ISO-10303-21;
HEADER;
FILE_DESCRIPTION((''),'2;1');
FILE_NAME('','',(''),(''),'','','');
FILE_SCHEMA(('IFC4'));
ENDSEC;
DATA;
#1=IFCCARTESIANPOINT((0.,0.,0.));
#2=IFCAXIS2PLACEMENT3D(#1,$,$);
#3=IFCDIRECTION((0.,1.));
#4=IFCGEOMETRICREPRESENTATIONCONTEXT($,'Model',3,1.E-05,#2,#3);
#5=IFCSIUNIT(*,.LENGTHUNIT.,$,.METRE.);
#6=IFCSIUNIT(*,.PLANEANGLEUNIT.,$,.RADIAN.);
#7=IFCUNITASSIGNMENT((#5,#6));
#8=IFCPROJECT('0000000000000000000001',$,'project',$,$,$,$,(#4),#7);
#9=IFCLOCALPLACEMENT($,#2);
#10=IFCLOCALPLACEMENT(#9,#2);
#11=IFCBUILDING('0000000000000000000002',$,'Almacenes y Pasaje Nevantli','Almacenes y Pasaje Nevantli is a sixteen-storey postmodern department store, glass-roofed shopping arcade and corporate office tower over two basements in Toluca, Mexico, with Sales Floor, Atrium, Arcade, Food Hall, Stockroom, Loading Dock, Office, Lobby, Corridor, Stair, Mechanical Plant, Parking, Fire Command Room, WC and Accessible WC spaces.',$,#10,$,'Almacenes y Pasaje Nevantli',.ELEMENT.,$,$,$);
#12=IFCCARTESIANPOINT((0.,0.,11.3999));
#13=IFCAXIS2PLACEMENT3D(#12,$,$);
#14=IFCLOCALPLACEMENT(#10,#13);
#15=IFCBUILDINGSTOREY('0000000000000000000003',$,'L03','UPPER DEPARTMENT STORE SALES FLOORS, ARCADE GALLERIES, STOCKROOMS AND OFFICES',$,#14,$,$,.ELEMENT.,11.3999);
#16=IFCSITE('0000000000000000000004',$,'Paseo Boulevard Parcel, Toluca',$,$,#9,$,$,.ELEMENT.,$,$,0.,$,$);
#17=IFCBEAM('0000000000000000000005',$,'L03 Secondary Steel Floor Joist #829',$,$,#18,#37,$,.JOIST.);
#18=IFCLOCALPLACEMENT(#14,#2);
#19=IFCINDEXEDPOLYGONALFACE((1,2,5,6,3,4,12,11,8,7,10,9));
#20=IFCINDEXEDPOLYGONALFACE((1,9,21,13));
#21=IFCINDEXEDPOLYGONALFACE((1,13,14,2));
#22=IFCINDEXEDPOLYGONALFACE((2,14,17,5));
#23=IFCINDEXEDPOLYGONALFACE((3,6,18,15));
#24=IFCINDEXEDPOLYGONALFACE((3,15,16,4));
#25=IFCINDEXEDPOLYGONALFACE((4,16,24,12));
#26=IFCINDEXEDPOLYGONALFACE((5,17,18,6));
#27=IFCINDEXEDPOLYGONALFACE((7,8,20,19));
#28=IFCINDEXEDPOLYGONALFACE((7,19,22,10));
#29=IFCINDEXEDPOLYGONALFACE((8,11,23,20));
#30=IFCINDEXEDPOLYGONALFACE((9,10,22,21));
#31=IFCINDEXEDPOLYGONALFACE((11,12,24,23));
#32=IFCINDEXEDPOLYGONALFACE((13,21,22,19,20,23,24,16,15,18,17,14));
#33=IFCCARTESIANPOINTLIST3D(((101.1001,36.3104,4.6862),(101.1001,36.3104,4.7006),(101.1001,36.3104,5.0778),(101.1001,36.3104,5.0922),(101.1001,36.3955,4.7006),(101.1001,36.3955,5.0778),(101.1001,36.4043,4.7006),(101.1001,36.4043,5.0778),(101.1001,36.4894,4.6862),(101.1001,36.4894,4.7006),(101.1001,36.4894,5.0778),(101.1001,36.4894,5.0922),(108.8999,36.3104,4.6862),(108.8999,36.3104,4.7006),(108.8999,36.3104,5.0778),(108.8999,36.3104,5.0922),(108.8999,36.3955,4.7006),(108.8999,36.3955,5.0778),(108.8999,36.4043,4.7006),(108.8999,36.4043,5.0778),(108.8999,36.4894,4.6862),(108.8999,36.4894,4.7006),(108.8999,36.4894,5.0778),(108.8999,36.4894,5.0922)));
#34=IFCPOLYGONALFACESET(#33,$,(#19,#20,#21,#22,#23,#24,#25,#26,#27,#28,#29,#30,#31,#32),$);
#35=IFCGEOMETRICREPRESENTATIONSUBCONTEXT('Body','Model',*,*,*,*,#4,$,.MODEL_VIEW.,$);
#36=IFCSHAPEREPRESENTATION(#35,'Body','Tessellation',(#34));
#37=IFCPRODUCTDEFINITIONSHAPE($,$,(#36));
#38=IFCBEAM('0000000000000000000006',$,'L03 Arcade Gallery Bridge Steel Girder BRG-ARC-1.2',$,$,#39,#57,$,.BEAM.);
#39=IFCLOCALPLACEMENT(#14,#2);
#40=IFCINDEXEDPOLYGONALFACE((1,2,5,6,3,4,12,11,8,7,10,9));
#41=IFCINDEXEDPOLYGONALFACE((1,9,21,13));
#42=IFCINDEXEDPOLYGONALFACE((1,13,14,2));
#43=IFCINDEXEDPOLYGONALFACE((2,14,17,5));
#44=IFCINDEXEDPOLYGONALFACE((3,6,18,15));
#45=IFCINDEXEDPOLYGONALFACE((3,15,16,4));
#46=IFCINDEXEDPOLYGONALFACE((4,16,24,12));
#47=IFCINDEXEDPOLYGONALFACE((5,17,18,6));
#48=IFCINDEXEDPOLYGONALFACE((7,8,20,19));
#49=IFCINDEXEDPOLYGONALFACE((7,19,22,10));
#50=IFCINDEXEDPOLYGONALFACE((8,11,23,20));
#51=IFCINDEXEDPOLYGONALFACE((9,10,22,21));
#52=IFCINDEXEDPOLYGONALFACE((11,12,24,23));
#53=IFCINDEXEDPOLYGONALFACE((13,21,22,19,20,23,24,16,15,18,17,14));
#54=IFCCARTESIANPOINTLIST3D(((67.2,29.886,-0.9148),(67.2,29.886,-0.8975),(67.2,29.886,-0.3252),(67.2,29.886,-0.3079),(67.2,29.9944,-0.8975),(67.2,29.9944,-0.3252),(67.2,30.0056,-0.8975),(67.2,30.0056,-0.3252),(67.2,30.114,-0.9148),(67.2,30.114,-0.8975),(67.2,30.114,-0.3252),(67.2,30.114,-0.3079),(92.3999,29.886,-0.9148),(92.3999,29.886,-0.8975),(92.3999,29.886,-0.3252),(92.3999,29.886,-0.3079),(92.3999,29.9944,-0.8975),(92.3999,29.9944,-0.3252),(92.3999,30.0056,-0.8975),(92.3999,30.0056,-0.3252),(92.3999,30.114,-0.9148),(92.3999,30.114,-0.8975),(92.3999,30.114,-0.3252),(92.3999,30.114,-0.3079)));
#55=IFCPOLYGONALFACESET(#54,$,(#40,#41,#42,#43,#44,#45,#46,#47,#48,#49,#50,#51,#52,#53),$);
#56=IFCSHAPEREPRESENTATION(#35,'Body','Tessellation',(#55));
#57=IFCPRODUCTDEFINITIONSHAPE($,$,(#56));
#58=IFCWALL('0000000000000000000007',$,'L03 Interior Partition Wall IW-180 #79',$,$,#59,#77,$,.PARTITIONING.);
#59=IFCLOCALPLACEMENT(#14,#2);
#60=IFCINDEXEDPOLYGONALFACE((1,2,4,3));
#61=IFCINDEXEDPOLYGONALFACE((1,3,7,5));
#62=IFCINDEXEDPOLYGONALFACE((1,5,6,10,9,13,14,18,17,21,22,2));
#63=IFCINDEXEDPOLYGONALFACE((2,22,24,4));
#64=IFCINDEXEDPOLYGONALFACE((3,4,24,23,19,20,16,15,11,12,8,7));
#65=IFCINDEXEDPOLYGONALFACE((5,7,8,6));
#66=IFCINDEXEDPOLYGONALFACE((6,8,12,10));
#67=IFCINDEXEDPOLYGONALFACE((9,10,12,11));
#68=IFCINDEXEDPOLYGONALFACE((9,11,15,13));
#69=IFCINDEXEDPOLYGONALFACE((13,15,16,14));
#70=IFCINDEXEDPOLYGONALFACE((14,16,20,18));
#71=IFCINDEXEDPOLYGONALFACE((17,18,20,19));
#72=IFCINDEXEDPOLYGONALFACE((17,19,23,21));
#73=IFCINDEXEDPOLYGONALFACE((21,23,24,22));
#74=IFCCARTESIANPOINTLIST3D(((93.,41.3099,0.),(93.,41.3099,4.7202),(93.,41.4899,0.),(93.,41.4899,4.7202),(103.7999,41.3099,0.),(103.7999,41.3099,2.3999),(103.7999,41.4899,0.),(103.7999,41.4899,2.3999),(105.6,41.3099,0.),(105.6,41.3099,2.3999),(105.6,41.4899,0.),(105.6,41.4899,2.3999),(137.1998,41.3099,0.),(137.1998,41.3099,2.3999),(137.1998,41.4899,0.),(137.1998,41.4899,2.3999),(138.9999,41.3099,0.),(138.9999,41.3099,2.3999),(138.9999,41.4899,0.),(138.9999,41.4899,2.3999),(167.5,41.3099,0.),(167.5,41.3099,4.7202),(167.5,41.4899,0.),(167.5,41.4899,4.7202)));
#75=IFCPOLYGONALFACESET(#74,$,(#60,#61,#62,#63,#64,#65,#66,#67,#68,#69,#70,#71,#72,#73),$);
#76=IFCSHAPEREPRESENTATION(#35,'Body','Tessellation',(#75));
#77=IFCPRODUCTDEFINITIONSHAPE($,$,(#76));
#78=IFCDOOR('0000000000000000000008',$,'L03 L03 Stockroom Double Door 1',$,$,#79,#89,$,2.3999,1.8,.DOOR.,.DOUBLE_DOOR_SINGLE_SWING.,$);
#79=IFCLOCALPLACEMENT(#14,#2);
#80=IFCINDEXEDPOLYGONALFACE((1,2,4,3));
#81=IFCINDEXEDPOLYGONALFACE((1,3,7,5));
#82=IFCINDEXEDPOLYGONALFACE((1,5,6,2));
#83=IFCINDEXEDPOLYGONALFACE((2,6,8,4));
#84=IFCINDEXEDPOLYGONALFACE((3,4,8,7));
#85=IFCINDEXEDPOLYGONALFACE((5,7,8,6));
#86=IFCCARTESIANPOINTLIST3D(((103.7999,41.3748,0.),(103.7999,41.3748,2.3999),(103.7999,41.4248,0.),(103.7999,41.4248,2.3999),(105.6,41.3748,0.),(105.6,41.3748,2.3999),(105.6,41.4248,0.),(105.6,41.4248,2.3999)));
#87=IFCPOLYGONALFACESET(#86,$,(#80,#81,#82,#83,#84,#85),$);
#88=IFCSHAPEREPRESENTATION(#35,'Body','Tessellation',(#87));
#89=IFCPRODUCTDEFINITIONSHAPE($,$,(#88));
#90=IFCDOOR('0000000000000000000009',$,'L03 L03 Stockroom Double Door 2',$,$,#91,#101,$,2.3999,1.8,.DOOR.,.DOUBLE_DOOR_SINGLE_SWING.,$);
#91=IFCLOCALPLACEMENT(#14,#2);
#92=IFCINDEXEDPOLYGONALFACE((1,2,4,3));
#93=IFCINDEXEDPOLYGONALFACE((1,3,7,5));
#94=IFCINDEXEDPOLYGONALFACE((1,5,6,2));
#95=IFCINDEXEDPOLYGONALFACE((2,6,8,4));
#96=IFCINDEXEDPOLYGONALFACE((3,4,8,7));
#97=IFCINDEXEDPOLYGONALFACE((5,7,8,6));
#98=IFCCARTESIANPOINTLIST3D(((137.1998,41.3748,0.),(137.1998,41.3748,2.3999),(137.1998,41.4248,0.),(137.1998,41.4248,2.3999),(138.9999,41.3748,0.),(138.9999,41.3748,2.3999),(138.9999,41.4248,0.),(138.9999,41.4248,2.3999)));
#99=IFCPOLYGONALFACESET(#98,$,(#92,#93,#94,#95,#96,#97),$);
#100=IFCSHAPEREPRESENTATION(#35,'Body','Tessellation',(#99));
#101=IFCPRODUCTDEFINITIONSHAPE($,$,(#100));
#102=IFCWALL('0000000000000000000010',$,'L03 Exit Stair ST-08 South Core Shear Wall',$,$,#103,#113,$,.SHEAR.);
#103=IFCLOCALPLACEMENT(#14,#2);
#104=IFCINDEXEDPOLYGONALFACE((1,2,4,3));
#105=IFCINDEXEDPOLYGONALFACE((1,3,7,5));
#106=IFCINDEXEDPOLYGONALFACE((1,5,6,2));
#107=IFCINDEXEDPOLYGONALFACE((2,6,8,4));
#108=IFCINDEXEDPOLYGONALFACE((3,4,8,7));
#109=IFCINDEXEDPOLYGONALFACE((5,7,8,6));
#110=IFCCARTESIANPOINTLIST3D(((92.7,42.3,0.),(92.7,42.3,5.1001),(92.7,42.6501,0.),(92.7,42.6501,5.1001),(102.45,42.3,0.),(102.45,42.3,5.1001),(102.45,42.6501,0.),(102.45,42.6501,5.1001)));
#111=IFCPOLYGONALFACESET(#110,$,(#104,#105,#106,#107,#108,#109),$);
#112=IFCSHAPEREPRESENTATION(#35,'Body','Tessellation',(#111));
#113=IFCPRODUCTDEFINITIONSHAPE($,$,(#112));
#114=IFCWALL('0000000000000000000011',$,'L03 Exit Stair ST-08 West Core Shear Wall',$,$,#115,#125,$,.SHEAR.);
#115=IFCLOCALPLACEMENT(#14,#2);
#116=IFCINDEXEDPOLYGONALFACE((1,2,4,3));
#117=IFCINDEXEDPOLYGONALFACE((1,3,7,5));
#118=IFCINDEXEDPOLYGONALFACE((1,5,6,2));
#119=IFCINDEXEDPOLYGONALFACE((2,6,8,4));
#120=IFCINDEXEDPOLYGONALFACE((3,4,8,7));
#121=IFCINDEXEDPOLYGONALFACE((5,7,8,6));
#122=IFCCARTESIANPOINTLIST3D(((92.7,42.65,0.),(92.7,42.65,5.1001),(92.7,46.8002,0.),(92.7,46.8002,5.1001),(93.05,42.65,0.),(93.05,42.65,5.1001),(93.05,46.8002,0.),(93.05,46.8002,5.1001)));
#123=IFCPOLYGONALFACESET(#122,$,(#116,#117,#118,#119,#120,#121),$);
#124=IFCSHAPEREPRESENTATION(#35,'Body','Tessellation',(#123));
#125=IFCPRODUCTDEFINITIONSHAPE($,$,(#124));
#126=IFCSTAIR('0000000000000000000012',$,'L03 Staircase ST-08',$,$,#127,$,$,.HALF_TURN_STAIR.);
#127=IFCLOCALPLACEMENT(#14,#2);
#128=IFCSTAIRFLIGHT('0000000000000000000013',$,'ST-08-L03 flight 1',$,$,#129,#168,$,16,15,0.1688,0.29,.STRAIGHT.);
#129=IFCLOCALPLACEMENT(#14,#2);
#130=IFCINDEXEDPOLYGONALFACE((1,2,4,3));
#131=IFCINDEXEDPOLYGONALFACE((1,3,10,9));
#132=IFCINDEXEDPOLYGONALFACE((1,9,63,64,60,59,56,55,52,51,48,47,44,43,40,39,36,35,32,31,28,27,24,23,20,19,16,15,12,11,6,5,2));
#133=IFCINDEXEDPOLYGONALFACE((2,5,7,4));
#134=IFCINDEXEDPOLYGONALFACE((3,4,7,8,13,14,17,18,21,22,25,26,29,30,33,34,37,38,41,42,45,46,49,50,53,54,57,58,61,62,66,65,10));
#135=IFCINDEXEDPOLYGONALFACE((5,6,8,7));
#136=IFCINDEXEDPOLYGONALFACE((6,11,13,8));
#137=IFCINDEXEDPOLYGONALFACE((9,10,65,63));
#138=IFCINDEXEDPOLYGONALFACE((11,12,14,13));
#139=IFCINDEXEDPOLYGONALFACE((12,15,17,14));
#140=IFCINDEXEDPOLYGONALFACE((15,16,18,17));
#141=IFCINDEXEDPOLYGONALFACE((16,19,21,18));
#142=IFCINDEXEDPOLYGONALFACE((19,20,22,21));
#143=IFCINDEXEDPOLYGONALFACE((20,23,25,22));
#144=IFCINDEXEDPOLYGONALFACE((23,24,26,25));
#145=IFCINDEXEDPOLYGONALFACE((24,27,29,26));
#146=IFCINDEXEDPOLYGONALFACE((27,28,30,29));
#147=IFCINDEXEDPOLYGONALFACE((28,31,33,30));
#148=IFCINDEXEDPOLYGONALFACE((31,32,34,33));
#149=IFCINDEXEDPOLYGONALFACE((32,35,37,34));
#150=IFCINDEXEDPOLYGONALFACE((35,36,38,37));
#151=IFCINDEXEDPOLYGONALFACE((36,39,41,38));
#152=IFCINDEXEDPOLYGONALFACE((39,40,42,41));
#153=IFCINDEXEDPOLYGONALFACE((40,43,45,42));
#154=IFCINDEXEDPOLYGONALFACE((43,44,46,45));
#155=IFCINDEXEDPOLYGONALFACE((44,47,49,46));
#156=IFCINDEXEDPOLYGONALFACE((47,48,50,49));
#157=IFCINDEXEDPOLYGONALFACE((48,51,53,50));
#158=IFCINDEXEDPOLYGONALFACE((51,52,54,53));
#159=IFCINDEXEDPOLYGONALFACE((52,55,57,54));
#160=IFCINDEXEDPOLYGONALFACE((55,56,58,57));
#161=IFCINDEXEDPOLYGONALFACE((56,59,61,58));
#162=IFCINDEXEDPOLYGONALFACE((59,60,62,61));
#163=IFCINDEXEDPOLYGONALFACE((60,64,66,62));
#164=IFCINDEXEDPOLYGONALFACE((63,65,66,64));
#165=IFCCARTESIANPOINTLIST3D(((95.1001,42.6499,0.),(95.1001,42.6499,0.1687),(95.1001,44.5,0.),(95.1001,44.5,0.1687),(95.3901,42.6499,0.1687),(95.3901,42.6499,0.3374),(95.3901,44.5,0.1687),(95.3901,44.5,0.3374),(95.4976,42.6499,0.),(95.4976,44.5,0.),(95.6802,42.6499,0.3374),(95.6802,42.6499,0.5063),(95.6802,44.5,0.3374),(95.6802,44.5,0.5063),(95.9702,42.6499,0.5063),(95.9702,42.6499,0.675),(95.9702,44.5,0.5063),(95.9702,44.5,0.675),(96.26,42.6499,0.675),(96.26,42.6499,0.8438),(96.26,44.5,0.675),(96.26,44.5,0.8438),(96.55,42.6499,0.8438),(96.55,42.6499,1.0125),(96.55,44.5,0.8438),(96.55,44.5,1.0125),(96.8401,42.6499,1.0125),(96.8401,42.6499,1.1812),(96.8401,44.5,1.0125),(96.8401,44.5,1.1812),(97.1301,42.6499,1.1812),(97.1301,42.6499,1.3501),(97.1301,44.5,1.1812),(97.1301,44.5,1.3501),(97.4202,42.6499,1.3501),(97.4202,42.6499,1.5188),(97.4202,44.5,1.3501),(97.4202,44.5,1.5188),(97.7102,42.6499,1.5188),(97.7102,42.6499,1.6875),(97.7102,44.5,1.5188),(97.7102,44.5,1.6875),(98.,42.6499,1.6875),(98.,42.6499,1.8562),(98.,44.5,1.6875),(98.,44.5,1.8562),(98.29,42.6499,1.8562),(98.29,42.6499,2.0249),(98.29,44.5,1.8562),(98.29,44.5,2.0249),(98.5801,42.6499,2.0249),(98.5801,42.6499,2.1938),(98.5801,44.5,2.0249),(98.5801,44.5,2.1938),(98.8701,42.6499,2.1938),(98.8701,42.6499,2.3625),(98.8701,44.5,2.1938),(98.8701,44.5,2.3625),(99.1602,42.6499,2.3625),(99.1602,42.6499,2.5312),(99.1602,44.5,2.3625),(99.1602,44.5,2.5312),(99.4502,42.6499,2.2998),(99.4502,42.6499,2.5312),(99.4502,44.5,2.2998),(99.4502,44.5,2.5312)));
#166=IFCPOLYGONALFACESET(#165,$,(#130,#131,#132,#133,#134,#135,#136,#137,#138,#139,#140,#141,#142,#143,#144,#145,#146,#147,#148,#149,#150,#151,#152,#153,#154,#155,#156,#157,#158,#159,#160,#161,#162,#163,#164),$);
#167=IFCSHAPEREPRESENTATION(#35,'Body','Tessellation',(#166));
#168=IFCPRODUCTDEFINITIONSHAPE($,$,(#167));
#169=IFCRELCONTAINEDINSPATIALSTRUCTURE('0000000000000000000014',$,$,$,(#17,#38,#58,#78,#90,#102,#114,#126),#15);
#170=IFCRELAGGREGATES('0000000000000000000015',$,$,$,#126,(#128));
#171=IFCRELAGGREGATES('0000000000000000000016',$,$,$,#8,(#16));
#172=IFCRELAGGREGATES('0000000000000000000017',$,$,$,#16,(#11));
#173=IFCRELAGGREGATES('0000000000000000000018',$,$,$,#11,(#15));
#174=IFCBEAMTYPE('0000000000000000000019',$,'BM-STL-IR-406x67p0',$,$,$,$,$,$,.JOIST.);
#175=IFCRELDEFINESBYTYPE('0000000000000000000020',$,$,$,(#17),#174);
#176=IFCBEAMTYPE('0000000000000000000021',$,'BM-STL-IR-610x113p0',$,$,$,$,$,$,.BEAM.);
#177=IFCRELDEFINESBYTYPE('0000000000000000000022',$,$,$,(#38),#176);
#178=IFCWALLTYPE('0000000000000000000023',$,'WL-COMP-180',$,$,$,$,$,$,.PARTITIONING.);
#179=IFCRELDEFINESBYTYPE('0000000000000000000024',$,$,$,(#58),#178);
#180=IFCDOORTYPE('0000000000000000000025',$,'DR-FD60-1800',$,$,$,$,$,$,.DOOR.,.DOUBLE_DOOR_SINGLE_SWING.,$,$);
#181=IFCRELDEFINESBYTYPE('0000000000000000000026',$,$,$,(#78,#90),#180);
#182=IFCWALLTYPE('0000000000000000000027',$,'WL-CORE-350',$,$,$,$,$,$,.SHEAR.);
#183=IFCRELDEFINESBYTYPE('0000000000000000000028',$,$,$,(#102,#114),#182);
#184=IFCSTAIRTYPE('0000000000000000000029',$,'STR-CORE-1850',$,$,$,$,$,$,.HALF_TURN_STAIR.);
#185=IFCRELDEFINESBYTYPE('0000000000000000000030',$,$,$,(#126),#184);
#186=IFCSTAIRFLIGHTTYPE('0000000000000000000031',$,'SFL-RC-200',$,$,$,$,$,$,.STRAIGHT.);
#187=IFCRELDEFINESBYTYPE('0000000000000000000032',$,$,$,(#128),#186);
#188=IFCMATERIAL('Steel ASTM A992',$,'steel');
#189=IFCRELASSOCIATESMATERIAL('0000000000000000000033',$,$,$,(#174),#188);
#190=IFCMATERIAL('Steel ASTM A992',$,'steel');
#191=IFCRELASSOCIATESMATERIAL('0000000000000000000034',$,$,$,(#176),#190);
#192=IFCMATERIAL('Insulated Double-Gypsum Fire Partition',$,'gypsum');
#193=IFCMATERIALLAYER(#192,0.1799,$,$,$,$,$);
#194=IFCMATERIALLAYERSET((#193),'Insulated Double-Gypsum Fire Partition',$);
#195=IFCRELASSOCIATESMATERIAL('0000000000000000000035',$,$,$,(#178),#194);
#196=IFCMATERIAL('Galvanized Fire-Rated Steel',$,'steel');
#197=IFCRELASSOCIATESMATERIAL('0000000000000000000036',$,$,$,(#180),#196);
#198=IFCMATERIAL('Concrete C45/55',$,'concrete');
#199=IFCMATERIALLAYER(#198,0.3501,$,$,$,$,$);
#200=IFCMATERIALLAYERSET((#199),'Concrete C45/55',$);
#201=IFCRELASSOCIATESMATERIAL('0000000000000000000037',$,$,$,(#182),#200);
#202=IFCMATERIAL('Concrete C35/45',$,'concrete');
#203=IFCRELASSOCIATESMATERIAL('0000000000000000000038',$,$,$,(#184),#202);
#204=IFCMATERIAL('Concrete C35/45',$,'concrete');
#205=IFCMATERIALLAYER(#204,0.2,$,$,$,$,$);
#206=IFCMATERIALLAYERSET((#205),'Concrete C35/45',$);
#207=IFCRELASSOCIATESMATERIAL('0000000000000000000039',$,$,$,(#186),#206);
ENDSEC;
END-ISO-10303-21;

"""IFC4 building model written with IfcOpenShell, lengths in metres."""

from ifc_helpers import new_model, si_unit, direction, frame, frame_2d, origin, origin_2d, place, context, subcontext, project, spatial, polyline, rectangle, i_section, outline, extrude, material, layer, layer_set, material_profile, profile_set, type_object, element, fill, aggregate, save


model = new_model("IFC4")

# Units and contexts
model_context = context("Model", 3, precision=1e-05, world=origin(), true_north=direction((0.0, 1.0)))
body_context = subcontext(model_context, "Body", "Model", "MODEL_VIEW")
ifc_project = project(units=[si_unit("LENGTHUNIT", "METRE"), si_unit("PLANEANGLEUNIT", "RADIAN")], contexts=[model_context])

# Site, building, storey
site_placement = place(None, origin())
site = spatial("IfcSite", under=ifc_project, at=site_placement, Name="Paseo Boulevard Parcel, Toluca", CompositionType="ELEMENT", RefElevation=0.0)
building_placement = place(site_placement, origin())
building = spatial("IfcBuilding", under=site, at=building_placement, Name="Almacenes y Pasaje Nevantli", Description="Almacenes y Pasaje Nevantli is a sixteen-storey postmodern department store, glass-roofed shopping arcade and corporate office tower over two basements in Toluca, Mexico, with Sales Floor, Atrium, Arcade, Food Hall, Stockroom, Loading Dock, Office, Lobby, Corridor, Stair, Mechanical Plant, Parking, Fire Command Room, WC and Accessible WC spaces.", LongName="Almacenes y Pasaje Nevantli", CompositionType="ELEMENT")
storey_placement = place(building_placement, frame((0.0, 0.0, 11.3999)))
storey = spatial("IfcBuildingStorey", under=building, at=storey_placement, Name="L03", Description="UPPER DEPARTMENT STORE SALES FLOORS, ARCADE GALLERIES, STOCKROOMS AND OFFICES", CompositionType="ELEMENT", Elevation=11.3999)

# Beams
ifc_material_1 = material(Name="Steel ASTM A992", Category="steel")
ifc_material_profile_1 = material_profile(ifc_material_1, i_section(OverallWidth=0.179, OverallDepth=0.406, WebThickness=0.0088, FlangeThickness=0.0144, at=origin_2d()), Name="IR 406x67.0")
ifc_profile_set_1 = profile_set([ifc_material_profile_1], Name="Steel ASTM A992")
beam_type_1 = type_object("IfcBeamType", Name="BM-STL-IR-406x67p0", PredefinedType="JOIST", material=ifc_profile_set_1)
beam_1_placement = place(storey_placement, frame((101.1001, 36.3999, 4.8892), z_axis=(1.0, 0.0, 0.0), x_axis=(0.0, 1.0, 0.0)))
element("IfcBeam", 1, at=beam_1_placement, inside=storey, type_object=beam_type_1, Name="L03 Secondary Steel Floor Joist #829", PredefinedType="JOIST", context=body_context, shape_type="SweptSolid", body=[
    extrude(i_section(OverallWidth=0.179, OverallDepth=0.406, WebThickness=0.0088, FlangeThickness=0.0144, at=origin_2d()), origin(), (0.0, 0.0, 1.0), 7.7998),
])
ifc_material_2 = material(Name="Steel ASTM A992", Category="steel")
ifc_material_profile_2 = material_profile(ifc_material_2, i_section(OverallWidth=0.228, OverallDepth=0.6069, WebThickness=0.0112, FlangeThickness=0.0173, at=origin_2d()), Name="IR 610x113.0")
ifc_profile_set_2 = profile_set([ifc_material_profile_2], Name="Steel ASTM A992")
beam_type_2 = type_object("IfcBeamType", Name="BM-STL-IR-610x113p0", PredefinedType="BEAM", material=ifc_profile_set_2)
beam_2_placement = place(storey_placement, frame((67.2, 30.0, -0.6113), z_axis=(1.0, 0.0, 0.0), x_axis=(0.0, 1.0, 0.0)))
element("IfcBeam", 2, at=beam_2_placement, inside=storey, type_object=beam_type_2, Name="L03 Arcade Gallery Bridge Steel Girder BRG-ARC-1.2", PredefinedType="BEAM", context=body_context, shape_type="SweptSolid", body=[
    extrude(i_section(OverallWidth=0.228, OverallDepth=0.6069, WebThickness=0.0112, FlangeThickness=0.0173, at=origin_2d()), origin(), (0.0, 0.0, 1.0), 25.2),
])

# Wall, openings, doors
ifc_material_3 = material(Name="Insulated Double-Gypsum Fire Partition", Category="gypsum")
ifc_layer_1 = layer(ifc_material_3, 0.1799)
ifc_layer_set_1 = layer_set([ifc_layer_1], Name="Insulated Double-Gypsum Fire Partition")
wall_type_1 = type_object("IfcWallType", Name="WL-COMP-180", PredefinedType="PARTITIONING", material=ifc_layer_set_1)
wall_1_placement = place(storey_placement, frame((93.0, 41.3999, 0.0), z_axis=(0.0, 0.0, 1.0), x_axis=(1.0, 0.0, 0.0)))
wall_1 = element("IfcWall", 3, at=wall_1_placement, inside=storey, type_object=wall_type_1, Name="L03 Interior Partition Wall IW-180 #79", PredefinedType="PARTITIONING", context=body_context, shape_type="SweptSolid", body=[
    extrude(rectangle(XDim=74.5, YDim=0.1799, at=frame_2d((37.25, 0.0))), origin(), (0.0, 0.0, 1.0), 4.7202),
])
opening_1_placement = place(wall_1_placement, frame((10.8, 0.0, 0.0)))
opening_1 = element("IfcOpeningElement", 4, at=opening_1_placement, cuts=wall_1, PredefinedType="OPENING", context=body_context, shape_type="SweptSolid", body=[
    extrude(rectangle(XDim=1.8, YDim=2.3999, at=frame_2d((0.8999, 1.2))), frame((0.0, 0.0999, 0.0), z_axis=(0.0, -1.0, 0.0), x_axis=(1.0, 0.0, 0.0)), (0.0, 0.0, 1.0), 0.2),
])
opening_2_placement = place(wall_1_placement, frame((44.2, 0.0, 0.0)))
opening_2 = element("IfcOpeningElement", 5, at=opening_2_placement, cuts=wall_1, PredefinedType="OPENING", context=body_context, shape_type="SweptSolid", body=[
    extrude(rectangle(XDim=1.8, YDim=2.3999, at=frame_2d((0.8999, 1.2))), frame((0.0, 0.0999, 0.0), z_axis=(0.0, -1.0, 0.0), x_axis=(1.0, 0.0, 0.0)), (0.0, 0.0, 1.0), 0.2),
])
ifc_material_4 = material(Name="Galvanized Fire-Rated Steel", Category="steel")
door_type = type_object("IfcDoorType", Name="DR-FD60-1800", OperationType="DOUBLE_DOOR_SINGLE_SWING", PredefinedType="DOOR", material=ifc_material_4)
door_1_placement = place(opening_1_placement, origin())
door_1 = element("IfcDoor", 6, at=door_1_placement, inside=storey, type_object=door_type, Name="L03 L03 Stockroom Double Door 1", OperationType="DOUBLE_DOOR_SINGLE_SWING", OverallHeight=2.3999, OverallWidth=1.8, PredefinedType="DOOR", context=body_context, shape_type="SweptSolid", body=[
    extrude(rectangle(XDim=1.8, YDim=2.3999, at=frame_2d((0.8999, 1.2))), frame((0.0, 0.0249, 0.0), z_axis=(0.0, -1.0, 0.0), x_axis=(1.0, 0.0, 0.0)), (0.0, 0.0, 1.0), 0.05),
])
fill(opening_1, door_1)
door_2_placement = place(opening_2_placement, origin())
door_2 = element("IfcDoor", 7, at=door_2_placement, inside=storey, type_object=door_type, Name="L03 L03 Stockroom Double Door 2", OperationType="DOUBLE_DOOR_SINGLE_SWING", OverallHeight=2.3999, OverallWidth=1.8, PredefinedType="DOOR", context=body_context, shape_type="SweptSolid", body=[
    extrude(rectangle(XDim=1.8, YDim=2.3999, at=frame_2d((0.8999, 1.2))), frame((0.0, 0.0249, 0.0), z_axis=(0.0, -1.0, 0.0), x_axis=(1.0, 0.0, 0.0)), (0.0, 0.0, 1.0), 0.05),
])
fill(opening_2, door_2)

# Walls
ifc_material_5 = material(Name="Concrete C45/55", Category="concrete")
ifc_layer_2 = layer(ifc_material_5, 0.3501)
ifc_layer_set_2 = layer_set([ifc_layer_2], Name="Concrete C45/55")
wall_type_2 = type_object("IfcWallType", Name="WL-CORE-350", PredefinedType="SHEAR", material=ifc_layer_set_2)
wall_2_placement = place(storey_placement, frame((92.7, 42.4751, 0.0), z_axis=(0.0, 0.0, 1.0), x_axis=(1.0, 0.0, 0.0)))
element("IfcWall", 8, at=wall_2_placement, inside=storey, type_object=wall_type_2, Name="L03 Exit Stair ST-08 South Core Shear Wall", PredefinedType="SHEAR", context=body_context, shape_type="SweptSolid", body=[
    extrude(rectangle(XDim=9.75, YDim=0.3501, at=frame_2d((4.875, 0.0))), origin(), (0.0, 0.0, 1.0), 5.1001),
])
wall_3_placement = place(storey_placement, frame((92.875, 42.6499, 0.0), z_axis=(0.0, 0.0, 1.0), x_axis=(0.0, 1.0, 0.0)))
element("IfcWall", 9, at=wall_3_placement, inside=storey, type_object=wall_type_2, Name="L03 Exit Stair ST-08 West Core Shear Wall", PredefinedType="SHEAR", context=body_context, shape_type="SweptSolid", body=[
    extrude(rectangle(XDim=4.1501, YDim=0.3501, at=frame_2d((2.0752, 0.0))), origin(), (0.0, 0.0, 1.0), 5.1001),
])

# Stair, stair flight
ifc_material_6 = material(Name="Concrete C35/45", Category="concrete")
stair_type = type_object("IfcStairType", Name="STR-CORE-1850", PredefinedType="HALF_TURN_STAIR", material=ifc_material_6)
stair_placement = place(storey_placement, origin())
stair = element("IfcStair", 10, at=stair_placement, inside=storey, type_object=stair_type, Name="L03 Staircase ST-08", PredefinedType="HALF_TURN_STAIR")
ifc_material_7 = material(Name="Concrete C35/45", Category="concrete")
ifc_layer_3 = layer(ifc_material_7, 0.2)
ifc_layer_set_3 = layer_set([ifc_layer_3], Name="Concrete C35/45")
stair_flight_type = type_object("IfcStairFlightType", Name="SFL-RC-200", PredefinedType="STRAIGHT", material=ifc_layer_set_3)
stair_flight_1_placement = place(storey_placement, frame((95.1001, 43.575, 0.0), z_axis=(0.0, 0.0, 1.0), x_axis=(1.0, 0.0, 0.0)))
stair_flight_1 = element("IfcStairFlight", 11, at=stair_flight_1_placement, type_object=stair_flight_type, Name="ST-08-L03 flight 1", NumberOfRisers=16, NumberOfTreads=15, PredefinedType="STRAIGHT", RiserHeight=0.1688, TreadLength=0.29, context=body_context, shape_type="SweptSolid", body=[
    extrude(outline(polyline([(0.0, 0.0), (0.0, 0.1687), (0.29, 0.1687), (0.29, 0.3374), (0.5801, 0.3374), (0.5801, 0.5063), (0.8701, 0.5063), (0.8701, 0.675), (1.1599, 0.675), (1.1599, 0.8438), (1.45, 0.8438), (1.45, 1.0125), (1.74, 1.0125), (1.74, 1.1812), (2.03, 1.1812), (2.03, 1.3501), (2.3201, 1.3501), (2.3201, 1.5188), (2.6101, 1.5188), (2.6101, 1.6875), (2.8999, 1.6875), (2.8999, 1.8562), (3.1899, 1.8562), (3.1899, 2.0249), (3.48, 2.0249), (3.48, 2.1938), (3.77, 2.1938), (3.77, 2.3625), (4.0601, 2.3625), (4.0601, 2.5312), (4.3501, 2.5312), (4.3501, 2.7), (4.3501, 2.2998), (0.3975, 0.0), (0.0, 0.0)])), frame((0.0, 0.925, 0.0), z_axis=(0.0, -1.0, 0.0), x_axis=(1.0, 0.0, 0.0)), (0.0, 0.0, 1.0), 1.8501),
])
aggregate(stair, [stair_flight_1])

save(model, "model.ifc")
